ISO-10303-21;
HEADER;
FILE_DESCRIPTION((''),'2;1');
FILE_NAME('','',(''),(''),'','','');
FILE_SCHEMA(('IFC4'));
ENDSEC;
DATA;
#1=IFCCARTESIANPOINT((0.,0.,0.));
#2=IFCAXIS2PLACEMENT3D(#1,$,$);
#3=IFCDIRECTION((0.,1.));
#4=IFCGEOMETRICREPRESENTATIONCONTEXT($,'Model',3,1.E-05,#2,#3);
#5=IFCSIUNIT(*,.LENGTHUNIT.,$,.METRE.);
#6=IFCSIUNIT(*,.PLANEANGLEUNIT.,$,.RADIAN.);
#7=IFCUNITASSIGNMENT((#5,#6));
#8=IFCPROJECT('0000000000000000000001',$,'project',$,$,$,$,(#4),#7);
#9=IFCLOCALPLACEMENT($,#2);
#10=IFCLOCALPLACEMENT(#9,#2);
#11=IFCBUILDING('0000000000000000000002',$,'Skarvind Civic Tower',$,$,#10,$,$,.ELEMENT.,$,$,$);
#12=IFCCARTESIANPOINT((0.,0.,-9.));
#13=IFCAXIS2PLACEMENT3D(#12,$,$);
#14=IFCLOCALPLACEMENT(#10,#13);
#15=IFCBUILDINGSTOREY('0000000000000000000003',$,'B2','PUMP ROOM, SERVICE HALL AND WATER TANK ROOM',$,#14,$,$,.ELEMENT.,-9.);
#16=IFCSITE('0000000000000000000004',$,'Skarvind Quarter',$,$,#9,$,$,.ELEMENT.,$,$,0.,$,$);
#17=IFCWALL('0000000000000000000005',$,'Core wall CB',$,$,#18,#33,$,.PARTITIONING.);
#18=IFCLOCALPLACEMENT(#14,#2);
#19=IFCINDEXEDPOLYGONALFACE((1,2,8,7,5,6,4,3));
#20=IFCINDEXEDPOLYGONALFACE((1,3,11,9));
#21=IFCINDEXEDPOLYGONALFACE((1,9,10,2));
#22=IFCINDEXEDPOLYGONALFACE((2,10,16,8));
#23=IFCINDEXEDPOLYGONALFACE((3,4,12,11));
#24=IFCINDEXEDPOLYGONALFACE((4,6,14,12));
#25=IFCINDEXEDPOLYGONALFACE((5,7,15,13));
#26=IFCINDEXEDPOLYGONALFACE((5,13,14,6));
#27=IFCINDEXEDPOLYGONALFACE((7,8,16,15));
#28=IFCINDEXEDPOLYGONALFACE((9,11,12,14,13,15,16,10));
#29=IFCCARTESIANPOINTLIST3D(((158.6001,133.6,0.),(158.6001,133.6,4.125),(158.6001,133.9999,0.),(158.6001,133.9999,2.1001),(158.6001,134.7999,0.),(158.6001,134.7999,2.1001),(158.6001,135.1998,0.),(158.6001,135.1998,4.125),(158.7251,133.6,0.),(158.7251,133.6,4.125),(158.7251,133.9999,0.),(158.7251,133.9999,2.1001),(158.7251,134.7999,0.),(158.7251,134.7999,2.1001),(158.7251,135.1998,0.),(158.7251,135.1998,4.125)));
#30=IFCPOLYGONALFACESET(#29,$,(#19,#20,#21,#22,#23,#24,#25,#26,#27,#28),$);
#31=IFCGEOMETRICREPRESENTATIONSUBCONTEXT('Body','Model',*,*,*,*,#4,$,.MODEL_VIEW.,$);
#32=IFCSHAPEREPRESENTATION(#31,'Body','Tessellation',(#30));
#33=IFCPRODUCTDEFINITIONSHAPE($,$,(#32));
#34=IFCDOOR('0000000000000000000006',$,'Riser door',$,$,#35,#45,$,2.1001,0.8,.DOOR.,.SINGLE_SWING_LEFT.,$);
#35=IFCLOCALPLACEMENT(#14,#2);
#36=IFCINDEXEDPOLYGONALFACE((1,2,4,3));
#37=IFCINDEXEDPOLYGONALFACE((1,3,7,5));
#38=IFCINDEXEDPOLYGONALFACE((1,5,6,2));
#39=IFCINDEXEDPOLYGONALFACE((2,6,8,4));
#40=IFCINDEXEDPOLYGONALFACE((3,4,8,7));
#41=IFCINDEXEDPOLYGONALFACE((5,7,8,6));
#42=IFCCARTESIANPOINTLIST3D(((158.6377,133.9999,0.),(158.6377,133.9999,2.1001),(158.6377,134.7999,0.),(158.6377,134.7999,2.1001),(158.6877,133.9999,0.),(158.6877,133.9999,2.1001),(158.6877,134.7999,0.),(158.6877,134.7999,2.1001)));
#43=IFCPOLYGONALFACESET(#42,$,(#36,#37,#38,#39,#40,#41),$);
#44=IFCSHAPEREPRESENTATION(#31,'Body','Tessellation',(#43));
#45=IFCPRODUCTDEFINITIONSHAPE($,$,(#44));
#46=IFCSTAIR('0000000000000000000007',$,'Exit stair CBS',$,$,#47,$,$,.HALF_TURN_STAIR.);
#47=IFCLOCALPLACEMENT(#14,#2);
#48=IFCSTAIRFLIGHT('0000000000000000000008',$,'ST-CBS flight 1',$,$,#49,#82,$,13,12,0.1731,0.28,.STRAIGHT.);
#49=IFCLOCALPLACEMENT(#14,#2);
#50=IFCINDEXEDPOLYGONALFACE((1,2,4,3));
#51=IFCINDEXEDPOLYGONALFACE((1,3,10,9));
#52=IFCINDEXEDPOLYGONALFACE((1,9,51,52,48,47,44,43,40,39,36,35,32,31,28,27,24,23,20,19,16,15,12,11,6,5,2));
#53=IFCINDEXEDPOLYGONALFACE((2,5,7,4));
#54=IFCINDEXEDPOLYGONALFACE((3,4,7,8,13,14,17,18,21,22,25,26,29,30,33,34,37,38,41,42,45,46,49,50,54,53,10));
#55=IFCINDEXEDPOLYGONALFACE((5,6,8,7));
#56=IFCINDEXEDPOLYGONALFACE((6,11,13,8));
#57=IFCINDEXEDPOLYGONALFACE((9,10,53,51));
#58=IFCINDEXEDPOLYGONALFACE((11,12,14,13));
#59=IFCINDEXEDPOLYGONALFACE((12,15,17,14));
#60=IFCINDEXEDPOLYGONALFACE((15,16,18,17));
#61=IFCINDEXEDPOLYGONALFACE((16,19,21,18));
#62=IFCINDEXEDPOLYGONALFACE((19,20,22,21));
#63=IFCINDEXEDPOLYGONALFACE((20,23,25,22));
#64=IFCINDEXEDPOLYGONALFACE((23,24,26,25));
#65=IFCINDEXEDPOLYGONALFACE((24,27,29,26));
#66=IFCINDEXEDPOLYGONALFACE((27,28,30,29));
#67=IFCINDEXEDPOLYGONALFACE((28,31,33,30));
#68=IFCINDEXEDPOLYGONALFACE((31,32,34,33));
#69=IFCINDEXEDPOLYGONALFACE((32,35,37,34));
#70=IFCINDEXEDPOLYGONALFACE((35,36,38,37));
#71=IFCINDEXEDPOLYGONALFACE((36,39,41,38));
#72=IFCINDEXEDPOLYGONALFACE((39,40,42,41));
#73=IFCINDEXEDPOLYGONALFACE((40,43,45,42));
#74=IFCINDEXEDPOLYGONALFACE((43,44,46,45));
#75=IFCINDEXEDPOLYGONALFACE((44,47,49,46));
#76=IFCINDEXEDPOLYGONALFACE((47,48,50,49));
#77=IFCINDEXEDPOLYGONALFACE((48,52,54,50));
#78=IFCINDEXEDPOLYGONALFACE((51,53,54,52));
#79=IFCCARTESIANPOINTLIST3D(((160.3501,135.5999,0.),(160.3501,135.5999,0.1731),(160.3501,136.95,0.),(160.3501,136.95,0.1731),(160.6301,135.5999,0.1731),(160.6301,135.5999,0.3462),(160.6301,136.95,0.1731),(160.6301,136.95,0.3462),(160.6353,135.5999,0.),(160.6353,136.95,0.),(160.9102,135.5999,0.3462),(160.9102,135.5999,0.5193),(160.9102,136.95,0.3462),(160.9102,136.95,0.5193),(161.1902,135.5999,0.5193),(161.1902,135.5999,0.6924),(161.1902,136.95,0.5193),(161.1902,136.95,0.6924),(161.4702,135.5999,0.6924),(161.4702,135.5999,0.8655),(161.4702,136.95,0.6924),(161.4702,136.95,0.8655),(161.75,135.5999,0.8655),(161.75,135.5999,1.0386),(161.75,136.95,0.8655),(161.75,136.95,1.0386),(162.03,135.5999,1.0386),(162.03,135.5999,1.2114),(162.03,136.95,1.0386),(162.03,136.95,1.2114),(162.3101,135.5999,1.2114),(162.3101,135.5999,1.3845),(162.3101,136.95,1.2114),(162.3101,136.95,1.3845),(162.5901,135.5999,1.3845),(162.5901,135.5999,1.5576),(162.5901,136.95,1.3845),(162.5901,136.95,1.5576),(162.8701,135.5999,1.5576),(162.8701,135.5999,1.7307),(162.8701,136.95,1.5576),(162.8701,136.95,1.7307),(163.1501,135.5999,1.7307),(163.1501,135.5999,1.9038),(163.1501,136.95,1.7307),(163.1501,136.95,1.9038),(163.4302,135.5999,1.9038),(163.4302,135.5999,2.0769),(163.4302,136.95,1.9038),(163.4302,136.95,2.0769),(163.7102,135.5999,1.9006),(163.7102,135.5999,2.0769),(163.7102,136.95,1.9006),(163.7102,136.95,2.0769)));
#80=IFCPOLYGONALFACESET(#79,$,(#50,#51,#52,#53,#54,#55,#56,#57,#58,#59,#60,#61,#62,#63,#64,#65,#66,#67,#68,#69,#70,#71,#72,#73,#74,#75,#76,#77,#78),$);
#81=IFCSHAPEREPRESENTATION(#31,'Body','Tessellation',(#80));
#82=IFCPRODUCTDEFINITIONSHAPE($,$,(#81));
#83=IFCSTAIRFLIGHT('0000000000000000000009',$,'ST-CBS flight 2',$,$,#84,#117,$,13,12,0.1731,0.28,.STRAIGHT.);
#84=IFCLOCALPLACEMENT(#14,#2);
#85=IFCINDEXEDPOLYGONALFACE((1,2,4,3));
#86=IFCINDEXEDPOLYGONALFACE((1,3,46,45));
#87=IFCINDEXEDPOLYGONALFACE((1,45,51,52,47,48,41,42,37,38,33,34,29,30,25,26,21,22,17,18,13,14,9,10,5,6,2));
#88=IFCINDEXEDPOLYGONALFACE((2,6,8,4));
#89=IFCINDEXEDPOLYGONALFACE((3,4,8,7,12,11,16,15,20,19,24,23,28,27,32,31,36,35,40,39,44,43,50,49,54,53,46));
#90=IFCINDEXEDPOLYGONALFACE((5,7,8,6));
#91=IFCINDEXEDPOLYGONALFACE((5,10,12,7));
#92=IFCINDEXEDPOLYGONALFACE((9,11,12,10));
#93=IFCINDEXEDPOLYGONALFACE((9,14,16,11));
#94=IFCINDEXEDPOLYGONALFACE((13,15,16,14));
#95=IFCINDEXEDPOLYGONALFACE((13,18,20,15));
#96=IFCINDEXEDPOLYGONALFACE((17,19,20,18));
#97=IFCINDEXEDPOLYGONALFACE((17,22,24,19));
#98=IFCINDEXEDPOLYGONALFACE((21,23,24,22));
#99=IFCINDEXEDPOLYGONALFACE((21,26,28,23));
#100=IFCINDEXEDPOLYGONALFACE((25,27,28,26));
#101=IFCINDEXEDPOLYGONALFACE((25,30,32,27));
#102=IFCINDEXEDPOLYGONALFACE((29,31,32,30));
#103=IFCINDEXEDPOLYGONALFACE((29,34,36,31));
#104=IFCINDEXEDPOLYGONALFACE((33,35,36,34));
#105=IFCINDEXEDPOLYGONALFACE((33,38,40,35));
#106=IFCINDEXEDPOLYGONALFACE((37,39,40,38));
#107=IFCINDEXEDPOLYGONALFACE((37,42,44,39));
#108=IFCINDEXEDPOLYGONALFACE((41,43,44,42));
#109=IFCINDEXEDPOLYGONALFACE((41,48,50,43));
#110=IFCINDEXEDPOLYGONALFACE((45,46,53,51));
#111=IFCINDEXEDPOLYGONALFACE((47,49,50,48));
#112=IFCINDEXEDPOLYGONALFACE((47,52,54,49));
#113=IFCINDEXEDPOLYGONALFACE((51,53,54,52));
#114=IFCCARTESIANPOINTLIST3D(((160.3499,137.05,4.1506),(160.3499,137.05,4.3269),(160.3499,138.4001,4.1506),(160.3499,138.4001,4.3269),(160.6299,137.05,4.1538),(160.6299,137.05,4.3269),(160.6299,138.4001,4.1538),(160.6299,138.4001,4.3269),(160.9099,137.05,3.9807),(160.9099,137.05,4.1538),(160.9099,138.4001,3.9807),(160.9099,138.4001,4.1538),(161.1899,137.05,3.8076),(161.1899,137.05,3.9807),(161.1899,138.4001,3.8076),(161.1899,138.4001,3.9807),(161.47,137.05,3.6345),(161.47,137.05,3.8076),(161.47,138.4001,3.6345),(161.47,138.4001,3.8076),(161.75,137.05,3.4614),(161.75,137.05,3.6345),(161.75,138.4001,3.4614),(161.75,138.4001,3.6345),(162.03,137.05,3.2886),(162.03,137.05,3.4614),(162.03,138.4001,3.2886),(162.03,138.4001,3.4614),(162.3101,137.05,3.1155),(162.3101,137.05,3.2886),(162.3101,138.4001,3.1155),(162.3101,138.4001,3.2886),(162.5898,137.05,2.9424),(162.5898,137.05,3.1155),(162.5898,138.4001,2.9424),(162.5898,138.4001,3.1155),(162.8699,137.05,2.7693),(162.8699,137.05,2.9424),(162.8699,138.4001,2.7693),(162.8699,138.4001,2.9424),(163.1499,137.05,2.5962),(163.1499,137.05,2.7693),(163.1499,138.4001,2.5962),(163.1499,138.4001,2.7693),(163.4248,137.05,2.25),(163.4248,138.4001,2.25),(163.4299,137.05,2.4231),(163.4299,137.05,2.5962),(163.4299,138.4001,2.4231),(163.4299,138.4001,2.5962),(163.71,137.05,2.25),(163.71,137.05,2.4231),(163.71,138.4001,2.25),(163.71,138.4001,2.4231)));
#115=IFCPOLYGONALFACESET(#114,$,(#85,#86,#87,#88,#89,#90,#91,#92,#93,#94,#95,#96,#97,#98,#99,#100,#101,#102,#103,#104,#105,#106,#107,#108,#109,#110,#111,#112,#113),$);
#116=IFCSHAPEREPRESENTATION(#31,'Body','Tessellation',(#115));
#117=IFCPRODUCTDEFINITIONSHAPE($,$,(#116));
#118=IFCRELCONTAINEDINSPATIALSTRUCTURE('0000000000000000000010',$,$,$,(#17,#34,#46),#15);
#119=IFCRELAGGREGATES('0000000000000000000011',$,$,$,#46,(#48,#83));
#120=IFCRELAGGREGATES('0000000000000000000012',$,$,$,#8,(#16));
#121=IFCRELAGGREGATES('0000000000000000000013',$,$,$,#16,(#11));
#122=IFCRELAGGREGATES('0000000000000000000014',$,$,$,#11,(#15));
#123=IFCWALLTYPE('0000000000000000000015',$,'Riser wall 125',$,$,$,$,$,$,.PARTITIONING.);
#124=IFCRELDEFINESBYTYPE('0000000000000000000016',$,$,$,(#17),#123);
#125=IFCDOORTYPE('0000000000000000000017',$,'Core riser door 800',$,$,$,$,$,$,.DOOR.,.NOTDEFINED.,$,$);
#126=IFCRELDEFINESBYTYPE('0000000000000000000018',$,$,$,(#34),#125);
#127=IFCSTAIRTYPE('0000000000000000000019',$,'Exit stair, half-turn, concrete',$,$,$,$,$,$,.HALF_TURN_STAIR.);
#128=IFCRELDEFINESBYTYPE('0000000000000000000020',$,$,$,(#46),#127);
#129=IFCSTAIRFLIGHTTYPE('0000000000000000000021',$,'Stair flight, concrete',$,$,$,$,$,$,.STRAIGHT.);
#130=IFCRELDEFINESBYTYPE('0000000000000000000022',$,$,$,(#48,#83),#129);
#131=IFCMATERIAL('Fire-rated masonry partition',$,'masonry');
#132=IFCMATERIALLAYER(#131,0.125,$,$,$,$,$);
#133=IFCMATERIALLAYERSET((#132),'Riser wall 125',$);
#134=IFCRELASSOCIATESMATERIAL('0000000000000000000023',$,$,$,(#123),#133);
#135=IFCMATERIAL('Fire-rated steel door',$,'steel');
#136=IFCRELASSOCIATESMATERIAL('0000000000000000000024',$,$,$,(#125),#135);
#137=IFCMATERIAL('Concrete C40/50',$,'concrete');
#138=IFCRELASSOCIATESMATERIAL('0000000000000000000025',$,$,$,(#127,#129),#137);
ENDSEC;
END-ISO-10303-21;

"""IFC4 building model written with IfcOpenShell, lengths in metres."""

from ifc_helpers import new_model, si_unit, direction, frame, frame_2d, origin, place, context, subcontext, project, spatial, polyline, rectangle, outline, extrude, material, layer, layer_set, type_object, element, fill, aggregate, save


model = new_model("IFC4")

# Units and contexts
model_context = context("Model", 3, precision=1e-05, world=origin(), true_north=direction((0.0, 1.0)))
body_context = subcontext(model_context, "Body", "Model", "MODEL_VIEW")
ifc_project = project(units=[si_unit("LENGTHUNIT", "METRE"), si_unit("PLANEANGLEUNIT", "RADIAN")], contexts=[model_context])

# Site, building, storey
site_placement = place(None, origin())
site = spatial("IfcSite", under=ifc_project, at=site_placement, Name="Skarvind Quarter", CompositionType="ELEMENT", RefElevation=0.0)
building_placement = place(site_placement, origin())
building = spatial("IfcBuilding", under=site, at=building_placement, Name="Skarvind Civic Tower", CompositionType="ELEMENT")
storey_placement = place(building_placement, frame((0.0, 0.0, -9.0)))
storey = spatial("IfcBuildingStorey", under=building, at=storey_placement, Name="B2", Description="PUMP ROOM, SERVICE HALL AND WATER TANK ROOM", CompositionType="ELEMENT", Elevation=-9.0)

# Shared definitions
ifc_material_1 = material(Name="Fire-rated masonry partition", Category="masonry")
ifc_material_2 = material(Name="Fire-rated steel door", Category="steel")

# Wall, opening, door
ifc_layer_1 = layer(ifc_material_1, 0.125)
ifc_layer_set_1 = layer_set([ifc_layer_1], Name="Riser wall 125")
wall_type_1 = type_object("IfcWallType", Name="Riser wall 125", PredefinedType="PARTITIONING", material=ifc_layer_set_1)
wall_1_placement = place(storey_placement, frame((158.6626, 133.6001, 0.0), z_axis=(0.0, 0.0, 1.0), x_axis=(0.0, 1.0, 0.0)))
wall_1 = element("IfcWall", 1, at=wall_1_placement, inside=storey, type_object=wall_type_1, Name="Core wall CB", PredefinedType="PARTITIONING", context=body_context, shape_type="SweptSolid", body=[
    extrude(rectangle(XDim=1.5999, YDim=0.125, at=frame_2d((0.7998, 0.0))), origin(), (0.0, 0.0, 1.0), 4.125),
])
opening_1_placement = place(wall_1_placement, frame((0.3999, 0.0, 0.0)))
opening_1 = element("IfcOpeningElement", 2, at=opening_1_placement, cuts=wall_1, PredefinedType="OPENING", context=body_context, shape_type="SweptSolid", body=[
    extrude(rectangle(XDim=0.8, YDim=2.1001, at=frame_2d((0.3999, 1.05))), frame((0.0, 0.0725, 0.0), z_axis=(0.0, -1.0, 0.0), x_axis=(1.0, 0.0, 0.0)), (0.0, 0.0, 1.0), 0.145),
])
door_type_1 = type_object("IfcDoorType", Name="Core riser door 800", OperationType="NOTDEFINED", PredefinedType="DOOR", material=ifc_material_2)
door_1_placement = place(opening_1_placement, origin())
door_1 = element("IfcDoor", 3, at=door_1_placement, inside=storey, type_object=door_type_1, Name="Riser door", OperationType="SINGLE_SWING_LEFT", OverallHeight=2.1001, OverallWidth=0.8, PredefinedType="DOOR", context=body_context, shape_type="SweptSolid", body=[
    extrude(rectangle(XDim=0.8, YDim=2.1001, at=frame_2d((0.3999, 1.05))), frame((0.0, 0.0249, 0.0), z_axis=(0.0, -1.0, 0.0), x_axis=(1.0, 0.0, 0.0)), (0.0, 0.0, 1.0), 0.05),
])
fill(opening_1, door_1)

# Stair, stair flights
ifc_material_3 = material(Name="Concrete C40/50", Category="concrete")
stair_type = type_object("IfcStairType", Name="Exit stair, half-turn, concrete", PredefinedType="HALF_TURN_STAIR", material=ifc_material_3)
stair_placement = place(storey_placement, origin())
stair = element("IfcStair", 4, at=stair_placement, inside=storey, type_object=stair_type, Name="Exit stair CBS", PredefinedType="HALF_TURN_STAIR")
stair_flight_type = type_object("IfcStairFlightType", Name="Stair flight, concrete", PredefinedType="STRAIGHT", material=ifc_material_3)
stair_flight_1_placement = place(storey_placement, frame((160.3501, 136.2749, 0.0), z_axis=(0.0, 0.0, 1.0), x_axis=(1.0, 0.0, 0.0)))
stair_flight_1 = element("IfcStairFlight", 5, at=stair_flight_1_placement, type_object=stair_flight_type, Name="ST-CBS flight 1", NumberOfRisers=13, NumberOfTreads=12, PredefinedType="STRAIGHT", RiserHeight=0.1731, TreadLength=0.28, context=body_context, shape_type="SweptSolid", body=[
    extrude(outline(polyline([(0.0, 0.0), (0.0, 0.1731), (0.28, 0.1731), (0.28, 0.3462), (0.5601, 0.3462), (0.5601, 0.5193), (0.8401, 0.5193), (0.8401, 0.6924), (1.1201, 0.6924), (1.1201, 0.8655), (1.3999, 0.8655), (1.3999, 1.0386), (1.6799, 1.0386), (1.6799, 1.2114), (1.96, 1.2114), (1.96, 1.3845), (2.24, 1.3845), (2.24, 1.5576), (2.52, 1.5576), (2.52, 1.7307), (2.8, 1.7307), (2.8, 1.9038), (3.0801, 1.9038), (3.0801, 2.0769), (3.3601, 2.0769), (3.3601, 2.25), (3.3601, 1.9006), (0.2852, 0.0), (0.0, 0.0)])), frame((0.0, 0.675, 0.0), z_axis=(0.0, -1.0, 0.0), x_axis=(1.0, 0.0, 0.0)), (0.0, 0.0, 1.0), 1.3501),
])
stair_flight_2_placement = place(storey_placement, frame((163.71, 137.7251, 2.25), z_axis=(0.0, 0.0, 1.0), x_axis=(-1.0, 0.0, 0.0)))
stair_flight_2 = element("IfcStairFlight", 6, at=stair_flight_2_placement, type_object=stair_flight_type, Name="ST-CBS flight 2", NumberOfRisers=13, NumberOfTreads=12, PredefinedType="STRAIGHT", RiserHeight=0.1731, TreadLength=0.28, context=body_context, shape_type="SweptSolid", body=[
    extrude(outline(polyline([(0.0, 0.0), (0.0, 0.1731), (0.28, 0.1731), (0.28, 0.3462), (0.5601, 0.3462), (0.5601, 0.5193), (0.8401, 0.5193), (0.8401, 0.6924), (1.1201, 0.6924), (1.1201, 0.8655), (1.3999, 0.8655), (1.3999, 1.0386), (1.6799, 1.0386), (1.6799, 1.2114), (1.96, 1.2114), (1.96, 1.3845), (2.24, 1.3845), (2.24, 1.5576), (2.52, 1.5576), (2.52, 1.7307), (2.8, 1.7307), (2.8, 1.9038), (3.0801, 1.9038), (3.0801, 2.0769), (3.3601, 2.0769), (3.3601, 2.25), (3.3601, 1.9006), (0.2852, 0.0), (0.0, 0.0)])), frame((0.0, 0.675, 0.0), z_axis=(0.0, -1.0, 0.0), x_axis=(1.0, 0.0, 0.0)), (0.0, 0.0, 1.0), 1.3501),
])
aggregate(stair, [stair_flight_1, stair_flight_2])

save(model, "model.ifc")
